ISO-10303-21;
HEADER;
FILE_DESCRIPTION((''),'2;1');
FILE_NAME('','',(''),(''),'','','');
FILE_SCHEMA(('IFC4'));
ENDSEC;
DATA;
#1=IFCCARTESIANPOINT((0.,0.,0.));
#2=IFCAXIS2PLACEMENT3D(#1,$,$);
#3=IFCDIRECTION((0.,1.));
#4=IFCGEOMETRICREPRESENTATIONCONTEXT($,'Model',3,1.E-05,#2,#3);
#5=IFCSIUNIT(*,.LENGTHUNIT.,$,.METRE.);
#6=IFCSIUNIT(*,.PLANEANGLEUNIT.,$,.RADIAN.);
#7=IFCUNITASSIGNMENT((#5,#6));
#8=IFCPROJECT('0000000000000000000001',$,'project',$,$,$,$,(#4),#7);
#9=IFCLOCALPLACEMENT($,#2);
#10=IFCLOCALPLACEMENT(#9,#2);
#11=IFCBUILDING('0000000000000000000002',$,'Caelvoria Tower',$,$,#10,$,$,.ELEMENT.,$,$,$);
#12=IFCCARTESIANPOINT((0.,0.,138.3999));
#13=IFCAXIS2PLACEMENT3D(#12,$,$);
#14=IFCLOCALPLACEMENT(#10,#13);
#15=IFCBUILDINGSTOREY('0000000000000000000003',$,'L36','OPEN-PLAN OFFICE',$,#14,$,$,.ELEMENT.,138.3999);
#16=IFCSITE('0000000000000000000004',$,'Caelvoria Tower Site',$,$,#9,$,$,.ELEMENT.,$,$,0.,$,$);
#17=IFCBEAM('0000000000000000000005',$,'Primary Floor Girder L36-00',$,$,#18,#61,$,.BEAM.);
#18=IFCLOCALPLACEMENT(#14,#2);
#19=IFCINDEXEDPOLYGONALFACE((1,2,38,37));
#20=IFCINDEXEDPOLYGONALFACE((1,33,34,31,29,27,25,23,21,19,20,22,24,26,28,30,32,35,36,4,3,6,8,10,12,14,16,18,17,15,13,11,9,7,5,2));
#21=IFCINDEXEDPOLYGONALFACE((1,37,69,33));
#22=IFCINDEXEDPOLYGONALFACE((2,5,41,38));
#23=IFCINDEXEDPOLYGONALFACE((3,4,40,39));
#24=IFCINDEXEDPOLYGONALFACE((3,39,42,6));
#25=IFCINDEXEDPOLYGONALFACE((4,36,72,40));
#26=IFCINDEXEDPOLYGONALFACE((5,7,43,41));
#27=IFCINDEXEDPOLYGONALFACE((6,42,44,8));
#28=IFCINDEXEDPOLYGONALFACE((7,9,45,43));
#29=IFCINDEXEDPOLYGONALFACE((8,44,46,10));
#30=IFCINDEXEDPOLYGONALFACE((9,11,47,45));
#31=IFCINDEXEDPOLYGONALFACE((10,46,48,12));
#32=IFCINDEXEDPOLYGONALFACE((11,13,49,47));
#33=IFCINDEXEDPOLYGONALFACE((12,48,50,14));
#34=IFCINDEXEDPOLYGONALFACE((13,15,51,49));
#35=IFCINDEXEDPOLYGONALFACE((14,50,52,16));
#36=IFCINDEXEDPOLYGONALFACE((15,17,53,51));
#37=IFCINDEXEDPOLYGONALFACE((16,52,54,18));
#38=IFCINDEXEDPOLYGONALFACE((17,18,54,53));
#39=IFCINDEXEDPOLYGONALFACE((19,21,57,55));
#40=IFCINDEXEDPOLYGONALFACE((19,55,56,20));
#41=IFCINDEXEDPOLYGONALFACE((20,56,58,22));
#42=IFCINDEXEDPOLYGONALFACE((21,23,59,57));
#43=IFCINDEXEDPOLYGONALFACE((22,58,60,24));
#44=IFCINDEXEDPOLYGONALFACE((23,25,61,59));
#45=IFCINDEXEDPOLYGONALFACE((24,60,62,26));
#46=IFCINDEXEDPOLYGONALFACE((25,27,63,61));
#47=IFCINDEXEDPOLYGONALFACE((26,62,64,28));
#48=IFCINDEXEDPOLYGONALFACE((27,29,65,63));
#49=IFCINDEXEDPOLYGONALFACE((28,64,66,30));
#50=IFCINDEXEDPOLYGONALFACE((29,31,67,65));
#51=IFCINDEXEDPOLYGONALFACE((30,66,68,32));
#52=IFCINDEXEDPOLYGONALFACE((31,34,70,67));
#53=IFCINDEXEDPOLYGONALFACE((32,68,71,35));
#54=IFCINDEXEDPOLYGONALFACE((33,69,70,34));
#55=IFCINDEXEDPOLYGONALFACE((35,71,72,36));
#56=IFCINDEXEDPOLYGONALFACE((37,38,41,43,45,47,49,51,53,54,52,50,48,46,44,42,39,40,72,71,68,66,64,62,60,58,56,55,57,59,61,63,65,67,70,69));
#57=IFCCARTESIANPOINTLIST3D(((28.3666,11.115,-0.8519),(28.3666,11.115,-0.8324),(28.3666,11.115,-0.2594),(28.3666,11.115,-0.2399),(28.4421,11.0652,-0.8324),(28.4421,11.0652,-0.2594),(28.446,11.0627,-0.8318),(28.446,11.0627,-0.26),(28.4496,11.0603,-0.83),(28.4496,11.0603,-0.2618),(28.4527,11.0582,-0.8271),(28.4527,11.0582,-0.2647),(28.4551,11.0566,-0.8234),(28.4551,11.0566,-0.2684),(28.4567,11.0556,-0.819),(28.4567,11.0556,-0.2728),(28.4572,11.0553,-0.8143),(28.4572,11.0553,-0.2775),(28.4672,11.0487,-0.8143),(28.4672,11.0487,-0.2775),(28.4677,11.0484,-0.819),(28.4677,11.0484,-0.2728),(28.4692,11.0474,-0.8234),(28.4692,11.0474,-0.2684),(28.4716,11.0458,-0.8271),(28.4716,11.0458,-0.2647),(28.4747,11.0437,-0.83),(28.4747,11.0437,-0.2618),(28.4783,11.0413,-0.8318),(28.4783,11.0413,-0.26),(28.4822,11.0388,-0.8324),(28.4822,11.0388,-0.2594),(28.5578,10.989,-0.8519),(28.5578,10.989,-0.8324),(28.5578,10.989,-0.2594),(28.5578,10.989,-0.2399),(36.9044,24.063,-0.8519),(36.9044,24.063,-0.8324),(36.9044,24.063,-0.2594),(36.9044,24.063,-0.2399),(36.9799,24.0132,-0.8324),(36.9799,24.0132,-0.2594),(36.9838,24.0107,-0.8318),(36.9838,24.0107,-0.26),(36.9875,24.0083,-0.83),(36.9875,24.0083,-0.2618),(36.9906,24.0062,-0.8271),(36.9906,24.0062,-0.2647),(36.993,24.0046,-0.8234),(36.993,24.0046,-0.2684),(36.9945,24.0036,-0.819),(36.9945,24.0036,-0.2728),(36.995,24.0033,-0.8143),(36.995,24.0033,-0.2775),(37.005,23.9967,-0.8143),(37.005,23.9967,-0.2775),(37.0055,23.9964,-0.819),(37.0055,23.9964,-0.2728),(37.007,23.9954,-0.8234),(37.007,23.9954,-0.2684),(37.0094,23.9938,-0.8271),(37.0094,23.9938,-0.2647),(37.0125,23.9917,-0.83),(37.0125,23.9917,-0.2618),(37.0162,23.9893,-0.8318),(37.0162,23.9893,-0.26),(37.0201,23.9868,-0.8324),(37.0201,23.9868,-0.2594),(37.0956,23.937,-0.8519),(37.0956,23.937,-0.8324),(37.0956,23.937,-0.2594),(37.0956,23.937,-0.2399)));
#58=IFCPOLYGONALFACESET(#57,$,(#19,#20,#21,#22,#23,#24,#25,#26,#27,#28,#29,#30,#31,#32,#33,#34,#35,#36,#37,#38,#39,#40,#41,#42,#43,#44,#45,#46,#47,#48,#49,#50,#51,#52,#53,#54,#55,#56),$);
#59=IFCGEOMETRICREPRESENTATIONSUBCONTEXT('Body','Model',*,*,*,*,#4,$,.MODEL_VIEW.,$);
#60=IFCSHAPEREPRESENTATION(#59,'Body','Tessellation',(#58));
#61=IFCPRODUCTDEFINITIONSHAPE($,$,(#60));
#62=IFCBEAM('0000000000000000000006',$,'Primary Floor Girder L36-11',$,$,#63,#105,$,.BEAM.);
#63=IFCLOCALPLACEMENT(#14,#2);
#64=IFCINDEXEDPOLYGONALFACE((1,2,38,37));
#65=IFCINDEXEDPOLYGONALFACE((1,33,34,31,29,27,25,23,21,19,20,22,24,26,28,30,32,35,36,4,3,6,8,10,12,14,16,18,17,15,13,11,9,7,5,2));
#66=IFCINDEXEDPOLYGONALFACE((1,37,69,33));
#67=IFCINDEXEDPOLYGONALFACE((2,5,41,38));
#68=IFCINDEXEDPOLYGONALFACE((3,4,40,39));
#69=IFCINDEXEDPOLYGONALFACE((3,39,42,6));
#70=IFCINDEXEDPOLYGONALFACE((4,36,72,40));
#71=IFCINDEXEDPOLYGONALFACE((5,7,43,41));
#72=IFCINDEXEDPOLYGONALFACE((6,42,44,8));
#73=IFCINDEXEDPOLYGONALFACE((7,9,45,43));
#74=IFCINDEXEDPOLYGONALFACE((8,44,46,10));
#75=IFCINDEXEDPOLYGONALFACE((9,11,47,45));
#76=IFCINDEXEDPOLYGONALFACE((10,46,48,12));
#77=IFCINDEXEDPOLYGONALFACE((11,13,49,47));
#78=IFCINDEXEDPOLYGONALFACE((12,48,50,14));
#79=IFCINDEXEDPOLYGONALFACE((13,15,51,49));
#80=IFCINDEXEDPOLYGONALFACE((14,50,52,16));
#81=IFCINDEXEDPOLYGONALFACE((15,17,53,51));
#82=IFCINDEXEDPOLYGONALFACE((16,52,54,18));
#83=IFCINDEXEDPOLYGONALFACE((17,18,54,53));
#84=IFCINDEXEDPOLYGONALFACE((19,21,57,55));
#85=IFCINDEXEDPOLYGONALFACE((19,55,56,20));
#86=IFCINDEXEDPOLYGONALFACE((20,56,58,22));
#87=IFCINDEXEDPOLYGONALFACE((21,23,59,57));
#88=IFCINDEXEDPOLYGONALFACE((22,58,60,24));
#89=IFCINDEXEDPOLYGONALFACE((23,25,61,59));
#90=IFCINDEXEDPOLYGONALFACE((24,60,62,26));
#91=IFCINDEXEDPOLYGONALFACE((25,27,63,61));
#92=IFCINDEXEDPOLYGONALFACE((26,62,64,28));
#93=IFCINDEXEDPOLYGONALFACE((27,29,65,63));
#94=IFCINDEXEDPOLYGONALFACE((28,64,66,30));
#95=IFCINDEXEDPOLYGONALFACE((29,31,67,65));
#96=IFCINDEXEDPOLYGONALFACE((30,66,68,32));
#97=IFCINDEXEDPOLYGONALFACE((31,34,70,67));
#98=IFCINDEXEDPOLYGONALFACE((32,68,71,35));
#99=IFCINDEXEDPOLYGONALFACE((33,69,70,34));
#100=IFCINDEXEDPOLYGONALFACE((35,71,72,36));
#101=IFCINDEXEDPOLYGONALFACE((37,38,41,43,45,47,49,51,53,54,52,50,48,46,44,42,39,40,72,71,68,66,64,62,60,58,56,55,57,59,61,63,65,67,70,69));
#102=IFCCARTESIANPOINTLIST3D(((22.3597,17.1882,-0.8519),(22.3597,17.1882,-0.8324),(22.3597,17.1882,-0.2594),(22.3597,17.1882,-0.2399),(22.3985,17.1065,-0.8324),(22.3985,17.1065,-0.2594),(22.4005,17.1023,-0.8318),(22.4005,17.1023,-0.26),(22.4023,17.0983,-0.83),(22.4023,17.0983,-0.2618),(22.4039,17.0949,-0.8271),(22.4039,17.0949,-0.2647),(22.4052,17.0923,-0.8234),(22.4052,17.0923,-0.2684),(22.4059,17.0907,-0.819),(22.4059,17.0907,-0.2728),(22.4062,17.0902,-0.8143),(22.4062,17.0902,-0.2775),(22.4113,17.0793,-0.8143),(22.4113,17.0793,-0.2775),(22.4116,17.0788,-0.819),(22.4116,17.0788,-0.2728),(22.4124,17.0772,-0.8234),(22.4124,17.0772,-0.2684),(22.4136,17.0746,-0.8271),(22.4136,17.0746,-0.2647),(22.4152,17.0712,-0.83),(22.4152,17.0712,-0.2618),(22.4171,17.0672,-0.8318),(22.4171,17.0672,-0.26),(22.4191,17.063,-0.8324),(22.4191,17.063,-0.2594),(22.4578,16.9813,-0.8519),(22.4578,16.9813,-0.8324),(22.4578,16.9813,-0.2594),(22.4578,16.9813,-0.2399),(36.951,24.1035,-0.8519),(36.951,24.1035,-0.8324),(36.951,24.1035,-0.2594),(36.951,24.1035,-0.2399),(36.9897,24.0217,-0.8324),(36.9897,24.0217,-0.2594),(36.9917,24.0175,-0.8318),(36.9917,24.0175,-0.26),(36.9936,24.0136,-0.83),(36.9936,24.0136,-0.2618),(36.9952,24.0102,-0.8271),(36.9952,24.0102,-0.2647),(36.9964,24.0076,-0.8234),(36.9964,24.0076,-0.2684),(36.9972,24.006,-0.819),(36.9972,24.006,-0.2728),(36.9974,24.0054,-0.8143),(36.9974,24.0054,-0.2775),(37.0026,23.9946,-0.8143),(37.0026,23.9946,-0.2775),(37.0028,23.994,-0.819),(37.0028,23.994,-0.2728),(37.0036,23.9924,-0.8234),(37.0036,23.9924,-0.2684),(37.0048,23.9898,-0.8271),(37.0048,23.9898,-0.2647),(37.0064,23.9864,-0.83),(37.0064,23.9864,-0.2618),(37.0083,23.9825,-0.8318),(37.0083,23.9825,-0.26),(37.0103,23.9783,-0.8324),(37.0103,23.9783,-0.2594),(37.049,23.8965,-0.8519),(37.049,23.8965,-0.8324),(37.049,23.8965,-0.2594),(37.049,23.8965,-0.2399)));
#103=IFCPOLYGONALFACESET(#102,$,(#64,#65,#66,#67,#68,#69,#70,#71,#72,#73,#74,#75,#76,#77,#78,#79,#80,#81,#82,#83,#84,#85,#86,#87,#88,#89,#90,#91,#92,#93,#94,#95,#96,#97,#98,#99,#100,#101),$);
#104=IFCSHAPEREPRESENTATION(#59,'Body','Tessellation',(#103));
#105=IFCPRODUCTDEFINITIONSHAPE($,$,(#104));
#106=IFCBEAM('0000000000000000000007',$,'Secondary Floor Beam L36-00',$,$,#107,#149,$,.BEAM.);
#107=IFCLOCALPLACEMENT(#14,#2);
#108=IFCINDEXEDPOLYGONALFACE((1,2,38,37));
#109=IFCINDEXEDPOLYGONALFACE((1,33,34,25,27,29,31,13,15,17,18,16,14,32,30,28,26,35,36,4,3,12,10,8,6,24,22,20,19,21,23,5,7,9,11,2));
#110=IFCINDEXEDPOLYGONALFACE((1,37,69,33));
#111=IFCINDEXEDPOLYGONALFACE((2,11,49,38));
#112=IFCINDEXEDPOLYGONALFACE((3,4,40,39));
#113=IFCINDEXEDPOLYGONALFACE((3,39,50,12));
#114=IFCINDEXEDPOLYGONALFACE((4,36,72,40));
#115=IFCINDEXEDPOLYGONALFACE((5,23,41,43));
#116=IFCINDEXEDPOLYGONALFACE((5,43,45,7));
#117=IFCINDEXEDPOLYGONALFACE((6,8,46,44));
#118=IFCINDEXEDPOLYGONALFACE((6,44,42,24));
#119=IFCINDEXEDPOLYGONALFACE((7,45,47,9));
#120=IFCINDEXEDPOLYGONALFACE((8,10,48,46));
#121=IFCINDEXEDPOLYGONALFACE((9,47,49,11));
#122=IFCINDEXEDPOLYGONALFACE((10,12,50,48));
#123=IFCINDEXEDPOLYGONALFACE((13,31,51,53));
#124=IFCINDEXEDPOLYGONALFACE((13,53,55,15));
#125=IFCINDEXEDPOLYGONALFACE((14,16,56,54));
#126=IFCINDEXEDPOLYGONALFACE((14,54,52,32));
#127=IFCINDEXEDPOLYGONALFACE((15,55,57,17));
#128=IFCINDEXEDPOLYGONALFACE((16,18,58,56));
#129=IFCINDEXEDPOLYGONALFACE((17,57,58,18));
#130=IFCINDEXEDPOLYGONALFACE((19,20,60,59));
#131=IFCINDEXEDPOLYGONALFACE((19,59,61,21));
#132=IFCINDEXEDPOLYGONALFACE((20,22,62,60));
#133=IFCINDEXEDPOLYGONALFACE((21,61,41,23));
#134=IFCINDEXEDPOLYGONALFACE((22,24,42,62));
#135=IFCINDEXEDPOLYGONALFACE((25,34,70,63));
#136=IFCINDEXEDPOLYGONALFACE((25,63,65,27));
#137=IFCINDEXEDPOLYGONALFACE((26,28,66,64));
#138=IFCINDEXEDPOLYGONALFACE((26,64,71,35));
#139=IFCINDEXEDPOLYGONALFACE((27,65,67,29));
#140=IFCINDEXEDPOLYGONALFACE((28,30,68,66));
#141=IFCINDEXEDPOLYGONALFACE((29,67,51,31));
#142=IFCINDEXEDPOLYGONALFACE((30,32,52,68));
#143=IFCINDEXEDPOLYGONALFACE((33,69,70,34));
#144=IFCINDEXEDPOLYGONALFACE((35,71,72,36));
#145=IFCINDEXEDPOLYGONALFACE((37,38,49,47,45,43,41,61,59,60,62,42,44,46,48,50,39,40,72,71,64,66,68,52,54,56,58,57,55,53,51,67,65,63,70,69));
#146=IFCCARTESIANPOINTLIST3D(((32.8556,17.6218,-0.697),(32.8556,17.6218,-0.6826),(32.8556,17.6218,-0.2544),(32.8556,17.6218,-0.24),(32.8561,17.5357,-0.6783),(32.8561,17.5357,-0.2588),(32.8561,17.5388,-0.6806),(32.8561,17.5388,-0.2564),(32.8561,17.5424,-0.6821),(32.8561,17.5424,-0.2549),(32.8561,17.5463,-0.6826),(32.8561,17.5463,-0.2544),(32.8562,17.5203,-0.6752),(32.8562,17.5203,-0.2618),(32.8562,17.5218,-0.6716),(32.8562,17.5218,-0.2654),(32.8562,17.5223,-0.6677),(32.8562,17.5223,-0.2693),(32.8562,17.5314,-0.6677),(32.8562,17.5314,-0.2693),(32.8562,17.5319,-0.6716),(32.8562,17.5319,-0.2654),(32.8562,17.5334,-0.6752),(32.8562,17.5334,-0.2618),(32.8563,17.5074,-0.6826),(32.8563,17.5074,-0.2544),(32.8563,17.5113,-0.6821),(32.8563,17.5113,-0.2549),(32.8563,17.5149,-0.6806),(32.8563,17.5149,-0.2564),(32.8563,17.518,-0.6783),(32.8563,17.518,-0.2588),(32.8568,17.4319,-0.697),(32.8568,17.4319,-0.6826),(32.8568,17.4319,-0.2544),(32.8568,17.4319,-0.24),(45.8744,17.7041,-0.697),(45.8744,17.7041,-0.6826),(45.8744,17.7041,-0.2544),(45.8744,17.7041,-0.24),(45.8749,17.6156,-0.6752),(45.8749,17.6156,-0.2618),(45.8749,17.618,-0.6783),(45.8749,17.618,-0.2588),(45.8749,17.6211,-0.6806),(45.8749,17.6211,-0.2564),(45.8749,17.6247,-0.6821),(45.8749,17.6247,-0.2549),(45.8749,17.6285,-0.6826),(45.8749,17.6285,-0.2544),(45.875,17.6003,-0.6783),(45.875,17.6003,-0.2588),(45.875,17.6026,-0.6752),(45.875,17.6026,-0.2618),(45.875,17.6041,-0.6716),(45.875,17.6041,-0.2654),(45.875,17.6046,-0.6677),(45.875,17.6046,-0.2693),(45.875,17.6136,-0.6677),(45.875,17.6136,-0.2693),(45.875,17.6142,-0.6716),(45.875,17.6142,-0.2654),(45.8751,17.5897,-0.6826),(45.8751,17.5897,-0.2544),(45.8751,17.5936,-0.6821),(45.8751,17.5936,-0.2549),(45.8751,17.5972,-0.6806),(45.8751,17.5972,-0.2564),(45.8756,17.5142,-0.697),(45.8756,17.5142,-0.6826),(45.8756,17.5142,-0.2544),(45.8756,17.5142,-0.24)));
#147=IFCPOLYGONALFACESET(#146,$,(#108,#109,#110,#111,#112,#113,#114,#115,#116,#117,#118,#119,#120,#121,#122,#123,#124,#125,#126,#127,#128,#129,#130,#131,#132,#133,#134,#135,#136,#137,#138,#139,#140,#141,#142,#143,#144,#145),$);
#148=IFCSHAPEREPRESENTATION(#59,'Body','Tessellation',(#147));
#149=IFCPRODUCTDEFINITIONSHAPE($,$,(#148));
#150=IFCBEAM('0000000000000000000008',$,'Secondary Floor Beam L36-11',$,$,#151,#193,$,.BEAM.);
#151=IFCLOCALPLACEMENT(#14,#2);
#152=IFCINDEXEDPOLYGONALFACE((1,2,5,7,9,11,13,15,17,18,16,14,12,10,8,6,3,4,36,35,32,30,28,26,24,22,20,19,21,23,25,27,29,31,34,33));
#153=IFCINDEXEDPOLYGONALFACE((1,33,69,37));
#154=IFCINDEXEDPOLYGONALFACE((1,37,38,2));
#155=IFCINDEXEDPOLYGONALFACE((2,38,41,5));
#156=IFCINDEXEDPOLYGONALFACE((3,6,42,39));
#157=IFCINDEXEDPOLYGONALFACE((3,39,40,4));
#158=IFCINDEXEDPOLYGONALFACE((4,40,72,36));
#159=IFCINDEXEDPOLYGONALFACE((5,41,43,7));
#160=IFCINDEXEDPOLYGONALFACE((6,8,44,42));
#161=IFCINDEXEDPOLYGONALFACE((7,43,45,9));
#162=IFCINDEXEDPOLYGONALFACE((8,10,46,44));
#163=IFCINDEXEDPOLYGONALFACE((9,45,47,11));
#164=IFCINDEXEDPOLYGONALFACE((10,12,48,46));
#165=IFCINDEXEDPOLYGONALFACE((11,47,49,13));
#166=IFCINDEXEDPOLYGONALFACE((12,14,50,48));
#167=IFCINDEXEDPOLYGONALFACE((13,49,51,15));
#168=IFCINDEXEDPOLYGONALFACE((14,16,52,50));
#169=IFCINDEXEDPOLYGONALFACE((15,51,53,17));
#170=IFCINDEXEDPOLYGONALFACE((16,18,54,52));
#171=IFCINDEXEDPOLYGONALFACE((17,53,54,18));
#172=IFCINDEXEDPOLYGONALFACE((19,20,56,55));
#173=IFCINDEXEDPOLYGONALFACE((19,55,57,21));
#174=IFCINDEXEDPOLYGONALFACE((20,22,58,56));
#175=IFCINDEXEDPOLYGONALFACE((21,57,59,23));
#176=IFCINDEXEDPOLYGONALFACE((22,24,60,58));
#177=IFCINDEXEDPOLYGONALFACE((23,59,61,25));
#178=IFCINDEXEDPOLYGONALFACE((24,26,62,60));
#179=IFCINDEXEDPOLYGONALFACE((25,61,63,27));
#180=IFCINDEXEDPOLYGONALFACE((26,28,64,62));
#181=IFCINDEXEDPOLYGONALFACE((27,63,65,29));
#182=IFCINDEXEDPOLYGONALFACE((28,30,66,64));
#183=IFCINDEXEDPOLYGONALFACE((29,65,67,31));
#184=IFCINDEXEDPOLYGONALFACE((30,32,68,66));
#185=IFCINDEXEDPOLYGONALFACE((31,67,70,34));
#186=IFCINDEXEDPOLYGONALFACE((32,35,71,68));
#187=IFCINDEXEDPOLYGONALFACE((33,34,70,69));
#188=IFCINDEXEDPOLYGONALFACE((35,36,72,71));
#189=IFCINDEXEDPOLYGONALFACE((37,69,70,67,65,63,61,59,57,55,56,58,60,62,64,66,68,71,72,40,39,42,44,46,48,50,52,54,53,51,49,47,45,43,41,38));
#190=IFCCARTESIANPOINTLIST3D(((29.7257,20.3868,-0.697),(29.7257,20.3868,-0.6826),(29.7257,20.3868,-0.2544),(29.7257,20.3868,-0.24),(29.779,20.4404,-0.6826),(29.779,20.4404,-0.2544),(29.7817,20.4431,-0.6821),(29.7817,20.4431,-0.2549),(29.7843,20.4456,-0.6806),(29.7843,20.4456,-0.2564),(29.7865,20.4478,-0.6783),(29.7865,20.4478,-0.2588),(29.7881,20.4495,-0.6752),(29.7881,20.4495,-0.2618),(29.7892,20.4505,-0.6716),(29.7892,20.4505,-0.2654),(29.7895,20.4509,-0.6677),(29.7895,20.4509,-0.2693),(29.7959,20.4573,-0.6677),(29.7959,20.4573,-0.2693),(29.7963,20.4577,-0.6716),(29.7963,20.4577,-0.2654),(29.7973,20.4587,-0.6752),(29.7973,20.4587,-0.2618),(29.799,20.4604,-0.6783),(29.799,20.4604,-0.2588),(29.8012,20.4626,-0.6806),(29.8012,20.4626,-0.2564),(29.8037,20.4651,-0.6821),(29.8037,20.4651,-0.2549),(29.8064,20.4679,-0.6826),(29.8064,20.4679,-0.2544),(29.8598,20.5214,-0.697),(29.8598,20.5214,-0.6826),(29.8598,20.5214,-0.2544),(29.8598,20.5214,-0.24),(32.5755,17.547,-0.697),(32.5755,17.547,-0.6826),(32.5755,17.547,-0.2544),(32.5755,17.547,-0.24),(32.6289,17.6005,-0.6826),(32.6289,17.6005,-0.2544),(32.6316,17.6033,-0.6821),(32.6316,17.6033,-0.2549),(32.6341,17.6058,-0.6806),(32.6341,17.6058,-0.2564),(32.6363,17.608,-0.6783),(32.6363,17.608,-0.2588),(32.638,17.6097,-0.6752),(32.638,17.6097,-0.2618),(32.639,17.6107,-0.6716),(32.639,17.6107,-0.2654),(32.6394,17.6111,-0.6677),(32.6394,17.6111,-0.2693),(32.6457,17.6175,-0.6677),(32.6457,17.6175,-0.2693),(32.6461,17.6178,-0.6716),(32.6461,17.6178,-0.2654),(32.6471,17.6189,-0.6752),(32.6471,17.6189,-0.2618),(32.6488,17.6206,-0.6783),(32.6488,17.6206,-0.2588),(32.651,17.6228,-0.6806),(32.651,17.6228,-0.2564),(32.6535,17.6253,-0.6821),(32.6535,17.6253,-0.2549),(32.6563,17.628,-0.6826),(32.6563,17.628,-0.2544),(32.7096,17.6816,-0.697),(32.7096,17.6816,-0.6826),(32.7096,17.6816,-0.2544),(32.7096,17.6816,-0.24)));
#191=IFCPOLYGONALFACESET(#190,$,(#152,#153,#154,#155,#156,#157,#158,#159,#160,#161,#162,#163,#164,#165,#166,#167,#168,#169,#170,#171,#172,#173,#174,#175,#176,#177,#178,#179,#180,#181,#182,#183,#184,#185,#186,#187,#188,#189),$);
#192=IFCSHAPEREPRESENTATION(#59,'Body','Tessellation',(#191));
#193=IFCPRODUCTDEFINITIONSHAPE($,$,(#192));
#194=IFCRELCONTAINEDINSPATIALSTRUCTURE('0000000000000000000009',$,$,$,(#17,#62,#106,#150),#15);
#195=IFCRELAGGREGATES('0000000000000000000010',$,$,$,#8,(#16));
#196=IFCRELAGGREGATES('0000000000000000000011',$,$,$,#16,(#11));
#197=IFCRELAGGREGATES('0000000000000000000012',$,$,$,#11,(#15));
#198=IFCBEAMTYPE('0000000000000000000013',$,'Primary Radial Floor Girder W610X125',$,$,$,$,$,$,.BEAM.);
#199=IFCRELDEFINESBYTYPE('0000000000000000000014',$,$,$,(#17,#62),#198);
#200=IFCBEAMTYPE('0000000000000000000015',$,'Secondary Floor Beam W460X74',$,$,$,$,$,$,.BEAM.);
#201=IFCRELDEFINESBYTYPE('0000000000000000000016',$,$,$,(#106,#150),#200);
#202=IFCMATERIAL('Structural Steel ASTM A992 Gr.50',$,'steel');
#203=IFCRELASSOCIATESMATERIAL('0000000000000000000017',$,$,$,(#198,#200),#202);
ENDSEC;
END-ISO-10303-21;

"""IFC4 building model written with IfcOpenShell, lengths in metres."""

from ifc_helpers import new_model, si_unit, direction, frame, origin, origin_2d, place, context, subcontext, project, spatial, i_section, extrude, material, material_profile, profile_set, type_object, element, save


model = new_model("IFC4")

# Units and contexts
model_context = context("Model", 3, precision=1e-05, world=origin(), true_north=direction((0.0, 1.0)))
body_context = subcontext(model_context, "Body", "Model", "MODEL_VIEW")
ifc_project = project(units=[si_unit("LENGTHUNIT", "METRE"), si_unit("PLANEANGLEUNIT", "RADIAN")], contexts=[model_context])

# Site, building, storey
site_placement = place(None, origin())
site = spatial("IfcSite", under=ifc_project, at=site_placement, Name="Caelvoria Tower Site", CompositionType="ELEMENT", RefElevation=0.0)
building_placement = place(site_placement, origin())
building = spatial("IfcBuilding", under=site, at=building_placement, Name="Caelvoria Tower", CompositionType="ELEMENT")
storey_placement = place(building_placement, frame((0.0, 0.0, 138.3999)))
storey = spatial("IfcBuildingStorey", under=building, at=storey_placement, Name="L36", Description="OPEN-PLAN OFFICE", CompositionType="ELEMENT", Elevation=138.3999)

# Beams
ifc_material_1 = material(Name="Structural Steel ASTM A992 Gr.50", Category="steel")
ifc_material_profile_1 = material_profile(ifc_material_1, i_section(OverallWidth=0.229, OverallDepth=0.6121, WebThickness=0.012, FlangeThickness=0.0195, FilletRadius=0.0181, at=origin_2d()), Name="Structural Steel ASTM A992 Gr.50")
ifc_profile_set_1 = profile_set([ifc_material_profile_1], Name="W610X125 - Structural Steel ASTM A992 Gr.50")
beam_type_1 = type_object("IfcBeamType", Name="Primary Radial Floor Girder W610X125", PredefinedType="BEAM", material=ifc_profile_set_1)
beam_1_placement = place(storey_placement, frame((37.0, 24.0, -0.5459), z_axis=(-0.55049, -0.834842, 0.0), x_axis=(0.834842, -0.55049, 0.0)))
element("IfcBeam", 1, at=beam_1_placement, inside=storey, type_object=beam_type_1, Name="Primary Floor Girder L36-00", PredefinedType="BEAM", context=body_context, shape_type="SweptSolid", body=[
    extrude(i_section(OverallWidth=0.229, OverallDepth=0.6121, WebThickness=0.012, FlangeThickness=0.0195, FilletRadius=0.0181, at=origin_2d()), origin(), (0.0, 0.0, 1.0), 15.5095),
])
beam_2_placement = place(storey_placement, frame((37.0, 24.0, -0.5459), z_axis=(-0.903651, -0.428269, 0.0), x_axis=(0.428269, -0.903651, 0.0)))
element("IfcBeam", 2, at=beam_2_placement, inside=storey, type_object=beam_type_1, Name="Primary Floor Girder L36-11", PredefinedType="BEAM", context=body_context, shape_type="SweptSolid", body=[
    extrude(i_section(OverallWidth=0.229, OverallDepth=0.6121, WebThickness=0.012, FlangeThickness=0.0195, FilletRadius=0.0181, at=origin_2d()), origin(), (0.0, 0.0, 1.0), 16.147),
])
ifc_material_profile_2 = material_profile(ifc_material_1, i_section(OverallWidth=0.1899, OverallDepth=0.457, WebThickness=0.009, FlangeThickness=0.0144, FilletRadius=0.0149, at=origin_2d()), Name="Structural Steel ASTM A992 Gr.50")
ifc_profile_set_2 = profile_set([ifc_material_profile_2], Name="W460X74 - Structural Steel ASTM A992 Gr.50")
beam_type_2 = type_object("IfcBeamType", Name="Secondary Floor Beam W460X74", PredefinedType="BEAM", material=ifc_profile_set_2)
beam_3_placement = place(storey_placement, frame((32.8562, 17.5269, -0.4685), z_axis=(0.99998, 0.00632, 0.0), x_axis=(-0.00632, 0.99998, 0.0)))
element("IfcBeam", 3, at=beam_3_placement, inside=storey, type_object=beam_type_2, Name="Secondary Floor Beam L36-00", PredefinedType="BEAM", context=body_context, shape_type="SweptSolid", body=[
    extrude(i_section(OverallWidth=0.1899, OverallDepth=0.457, WebThickness=0.009, FlangeThickness=0.0144, FilletRadius=0.0149, at=origin_2d()), origin(), (0.0, 0.0, 1.0), 13.019),
])
beam_4_placement = place(storey_placement, frame((29.7927, 20.4541, -0.4685), z_axis=(0.70835, -0.705862, 0.0), x_axis=(0.705862, 0.70835, 0.0)))
element("IfcBeam", 4, at=beam_4_placement, inside=storey, type_object=beam_type_2, Name="Secondary Floor Beam L36-11", PredefinedType="BEAM", context=body_context, shape_type="SweptSolid", body=[
    extrude(i_section(OverallWidth=0.1899, OverallDepth=0.457, WebThickness=0.009, FlangeThickness=0.0144, FilletRadius=0.0149, at=origin_2d()), origin(), (0.0, 0.0, 1.0), 4.0232),
])

save(model, "model.ifc")
